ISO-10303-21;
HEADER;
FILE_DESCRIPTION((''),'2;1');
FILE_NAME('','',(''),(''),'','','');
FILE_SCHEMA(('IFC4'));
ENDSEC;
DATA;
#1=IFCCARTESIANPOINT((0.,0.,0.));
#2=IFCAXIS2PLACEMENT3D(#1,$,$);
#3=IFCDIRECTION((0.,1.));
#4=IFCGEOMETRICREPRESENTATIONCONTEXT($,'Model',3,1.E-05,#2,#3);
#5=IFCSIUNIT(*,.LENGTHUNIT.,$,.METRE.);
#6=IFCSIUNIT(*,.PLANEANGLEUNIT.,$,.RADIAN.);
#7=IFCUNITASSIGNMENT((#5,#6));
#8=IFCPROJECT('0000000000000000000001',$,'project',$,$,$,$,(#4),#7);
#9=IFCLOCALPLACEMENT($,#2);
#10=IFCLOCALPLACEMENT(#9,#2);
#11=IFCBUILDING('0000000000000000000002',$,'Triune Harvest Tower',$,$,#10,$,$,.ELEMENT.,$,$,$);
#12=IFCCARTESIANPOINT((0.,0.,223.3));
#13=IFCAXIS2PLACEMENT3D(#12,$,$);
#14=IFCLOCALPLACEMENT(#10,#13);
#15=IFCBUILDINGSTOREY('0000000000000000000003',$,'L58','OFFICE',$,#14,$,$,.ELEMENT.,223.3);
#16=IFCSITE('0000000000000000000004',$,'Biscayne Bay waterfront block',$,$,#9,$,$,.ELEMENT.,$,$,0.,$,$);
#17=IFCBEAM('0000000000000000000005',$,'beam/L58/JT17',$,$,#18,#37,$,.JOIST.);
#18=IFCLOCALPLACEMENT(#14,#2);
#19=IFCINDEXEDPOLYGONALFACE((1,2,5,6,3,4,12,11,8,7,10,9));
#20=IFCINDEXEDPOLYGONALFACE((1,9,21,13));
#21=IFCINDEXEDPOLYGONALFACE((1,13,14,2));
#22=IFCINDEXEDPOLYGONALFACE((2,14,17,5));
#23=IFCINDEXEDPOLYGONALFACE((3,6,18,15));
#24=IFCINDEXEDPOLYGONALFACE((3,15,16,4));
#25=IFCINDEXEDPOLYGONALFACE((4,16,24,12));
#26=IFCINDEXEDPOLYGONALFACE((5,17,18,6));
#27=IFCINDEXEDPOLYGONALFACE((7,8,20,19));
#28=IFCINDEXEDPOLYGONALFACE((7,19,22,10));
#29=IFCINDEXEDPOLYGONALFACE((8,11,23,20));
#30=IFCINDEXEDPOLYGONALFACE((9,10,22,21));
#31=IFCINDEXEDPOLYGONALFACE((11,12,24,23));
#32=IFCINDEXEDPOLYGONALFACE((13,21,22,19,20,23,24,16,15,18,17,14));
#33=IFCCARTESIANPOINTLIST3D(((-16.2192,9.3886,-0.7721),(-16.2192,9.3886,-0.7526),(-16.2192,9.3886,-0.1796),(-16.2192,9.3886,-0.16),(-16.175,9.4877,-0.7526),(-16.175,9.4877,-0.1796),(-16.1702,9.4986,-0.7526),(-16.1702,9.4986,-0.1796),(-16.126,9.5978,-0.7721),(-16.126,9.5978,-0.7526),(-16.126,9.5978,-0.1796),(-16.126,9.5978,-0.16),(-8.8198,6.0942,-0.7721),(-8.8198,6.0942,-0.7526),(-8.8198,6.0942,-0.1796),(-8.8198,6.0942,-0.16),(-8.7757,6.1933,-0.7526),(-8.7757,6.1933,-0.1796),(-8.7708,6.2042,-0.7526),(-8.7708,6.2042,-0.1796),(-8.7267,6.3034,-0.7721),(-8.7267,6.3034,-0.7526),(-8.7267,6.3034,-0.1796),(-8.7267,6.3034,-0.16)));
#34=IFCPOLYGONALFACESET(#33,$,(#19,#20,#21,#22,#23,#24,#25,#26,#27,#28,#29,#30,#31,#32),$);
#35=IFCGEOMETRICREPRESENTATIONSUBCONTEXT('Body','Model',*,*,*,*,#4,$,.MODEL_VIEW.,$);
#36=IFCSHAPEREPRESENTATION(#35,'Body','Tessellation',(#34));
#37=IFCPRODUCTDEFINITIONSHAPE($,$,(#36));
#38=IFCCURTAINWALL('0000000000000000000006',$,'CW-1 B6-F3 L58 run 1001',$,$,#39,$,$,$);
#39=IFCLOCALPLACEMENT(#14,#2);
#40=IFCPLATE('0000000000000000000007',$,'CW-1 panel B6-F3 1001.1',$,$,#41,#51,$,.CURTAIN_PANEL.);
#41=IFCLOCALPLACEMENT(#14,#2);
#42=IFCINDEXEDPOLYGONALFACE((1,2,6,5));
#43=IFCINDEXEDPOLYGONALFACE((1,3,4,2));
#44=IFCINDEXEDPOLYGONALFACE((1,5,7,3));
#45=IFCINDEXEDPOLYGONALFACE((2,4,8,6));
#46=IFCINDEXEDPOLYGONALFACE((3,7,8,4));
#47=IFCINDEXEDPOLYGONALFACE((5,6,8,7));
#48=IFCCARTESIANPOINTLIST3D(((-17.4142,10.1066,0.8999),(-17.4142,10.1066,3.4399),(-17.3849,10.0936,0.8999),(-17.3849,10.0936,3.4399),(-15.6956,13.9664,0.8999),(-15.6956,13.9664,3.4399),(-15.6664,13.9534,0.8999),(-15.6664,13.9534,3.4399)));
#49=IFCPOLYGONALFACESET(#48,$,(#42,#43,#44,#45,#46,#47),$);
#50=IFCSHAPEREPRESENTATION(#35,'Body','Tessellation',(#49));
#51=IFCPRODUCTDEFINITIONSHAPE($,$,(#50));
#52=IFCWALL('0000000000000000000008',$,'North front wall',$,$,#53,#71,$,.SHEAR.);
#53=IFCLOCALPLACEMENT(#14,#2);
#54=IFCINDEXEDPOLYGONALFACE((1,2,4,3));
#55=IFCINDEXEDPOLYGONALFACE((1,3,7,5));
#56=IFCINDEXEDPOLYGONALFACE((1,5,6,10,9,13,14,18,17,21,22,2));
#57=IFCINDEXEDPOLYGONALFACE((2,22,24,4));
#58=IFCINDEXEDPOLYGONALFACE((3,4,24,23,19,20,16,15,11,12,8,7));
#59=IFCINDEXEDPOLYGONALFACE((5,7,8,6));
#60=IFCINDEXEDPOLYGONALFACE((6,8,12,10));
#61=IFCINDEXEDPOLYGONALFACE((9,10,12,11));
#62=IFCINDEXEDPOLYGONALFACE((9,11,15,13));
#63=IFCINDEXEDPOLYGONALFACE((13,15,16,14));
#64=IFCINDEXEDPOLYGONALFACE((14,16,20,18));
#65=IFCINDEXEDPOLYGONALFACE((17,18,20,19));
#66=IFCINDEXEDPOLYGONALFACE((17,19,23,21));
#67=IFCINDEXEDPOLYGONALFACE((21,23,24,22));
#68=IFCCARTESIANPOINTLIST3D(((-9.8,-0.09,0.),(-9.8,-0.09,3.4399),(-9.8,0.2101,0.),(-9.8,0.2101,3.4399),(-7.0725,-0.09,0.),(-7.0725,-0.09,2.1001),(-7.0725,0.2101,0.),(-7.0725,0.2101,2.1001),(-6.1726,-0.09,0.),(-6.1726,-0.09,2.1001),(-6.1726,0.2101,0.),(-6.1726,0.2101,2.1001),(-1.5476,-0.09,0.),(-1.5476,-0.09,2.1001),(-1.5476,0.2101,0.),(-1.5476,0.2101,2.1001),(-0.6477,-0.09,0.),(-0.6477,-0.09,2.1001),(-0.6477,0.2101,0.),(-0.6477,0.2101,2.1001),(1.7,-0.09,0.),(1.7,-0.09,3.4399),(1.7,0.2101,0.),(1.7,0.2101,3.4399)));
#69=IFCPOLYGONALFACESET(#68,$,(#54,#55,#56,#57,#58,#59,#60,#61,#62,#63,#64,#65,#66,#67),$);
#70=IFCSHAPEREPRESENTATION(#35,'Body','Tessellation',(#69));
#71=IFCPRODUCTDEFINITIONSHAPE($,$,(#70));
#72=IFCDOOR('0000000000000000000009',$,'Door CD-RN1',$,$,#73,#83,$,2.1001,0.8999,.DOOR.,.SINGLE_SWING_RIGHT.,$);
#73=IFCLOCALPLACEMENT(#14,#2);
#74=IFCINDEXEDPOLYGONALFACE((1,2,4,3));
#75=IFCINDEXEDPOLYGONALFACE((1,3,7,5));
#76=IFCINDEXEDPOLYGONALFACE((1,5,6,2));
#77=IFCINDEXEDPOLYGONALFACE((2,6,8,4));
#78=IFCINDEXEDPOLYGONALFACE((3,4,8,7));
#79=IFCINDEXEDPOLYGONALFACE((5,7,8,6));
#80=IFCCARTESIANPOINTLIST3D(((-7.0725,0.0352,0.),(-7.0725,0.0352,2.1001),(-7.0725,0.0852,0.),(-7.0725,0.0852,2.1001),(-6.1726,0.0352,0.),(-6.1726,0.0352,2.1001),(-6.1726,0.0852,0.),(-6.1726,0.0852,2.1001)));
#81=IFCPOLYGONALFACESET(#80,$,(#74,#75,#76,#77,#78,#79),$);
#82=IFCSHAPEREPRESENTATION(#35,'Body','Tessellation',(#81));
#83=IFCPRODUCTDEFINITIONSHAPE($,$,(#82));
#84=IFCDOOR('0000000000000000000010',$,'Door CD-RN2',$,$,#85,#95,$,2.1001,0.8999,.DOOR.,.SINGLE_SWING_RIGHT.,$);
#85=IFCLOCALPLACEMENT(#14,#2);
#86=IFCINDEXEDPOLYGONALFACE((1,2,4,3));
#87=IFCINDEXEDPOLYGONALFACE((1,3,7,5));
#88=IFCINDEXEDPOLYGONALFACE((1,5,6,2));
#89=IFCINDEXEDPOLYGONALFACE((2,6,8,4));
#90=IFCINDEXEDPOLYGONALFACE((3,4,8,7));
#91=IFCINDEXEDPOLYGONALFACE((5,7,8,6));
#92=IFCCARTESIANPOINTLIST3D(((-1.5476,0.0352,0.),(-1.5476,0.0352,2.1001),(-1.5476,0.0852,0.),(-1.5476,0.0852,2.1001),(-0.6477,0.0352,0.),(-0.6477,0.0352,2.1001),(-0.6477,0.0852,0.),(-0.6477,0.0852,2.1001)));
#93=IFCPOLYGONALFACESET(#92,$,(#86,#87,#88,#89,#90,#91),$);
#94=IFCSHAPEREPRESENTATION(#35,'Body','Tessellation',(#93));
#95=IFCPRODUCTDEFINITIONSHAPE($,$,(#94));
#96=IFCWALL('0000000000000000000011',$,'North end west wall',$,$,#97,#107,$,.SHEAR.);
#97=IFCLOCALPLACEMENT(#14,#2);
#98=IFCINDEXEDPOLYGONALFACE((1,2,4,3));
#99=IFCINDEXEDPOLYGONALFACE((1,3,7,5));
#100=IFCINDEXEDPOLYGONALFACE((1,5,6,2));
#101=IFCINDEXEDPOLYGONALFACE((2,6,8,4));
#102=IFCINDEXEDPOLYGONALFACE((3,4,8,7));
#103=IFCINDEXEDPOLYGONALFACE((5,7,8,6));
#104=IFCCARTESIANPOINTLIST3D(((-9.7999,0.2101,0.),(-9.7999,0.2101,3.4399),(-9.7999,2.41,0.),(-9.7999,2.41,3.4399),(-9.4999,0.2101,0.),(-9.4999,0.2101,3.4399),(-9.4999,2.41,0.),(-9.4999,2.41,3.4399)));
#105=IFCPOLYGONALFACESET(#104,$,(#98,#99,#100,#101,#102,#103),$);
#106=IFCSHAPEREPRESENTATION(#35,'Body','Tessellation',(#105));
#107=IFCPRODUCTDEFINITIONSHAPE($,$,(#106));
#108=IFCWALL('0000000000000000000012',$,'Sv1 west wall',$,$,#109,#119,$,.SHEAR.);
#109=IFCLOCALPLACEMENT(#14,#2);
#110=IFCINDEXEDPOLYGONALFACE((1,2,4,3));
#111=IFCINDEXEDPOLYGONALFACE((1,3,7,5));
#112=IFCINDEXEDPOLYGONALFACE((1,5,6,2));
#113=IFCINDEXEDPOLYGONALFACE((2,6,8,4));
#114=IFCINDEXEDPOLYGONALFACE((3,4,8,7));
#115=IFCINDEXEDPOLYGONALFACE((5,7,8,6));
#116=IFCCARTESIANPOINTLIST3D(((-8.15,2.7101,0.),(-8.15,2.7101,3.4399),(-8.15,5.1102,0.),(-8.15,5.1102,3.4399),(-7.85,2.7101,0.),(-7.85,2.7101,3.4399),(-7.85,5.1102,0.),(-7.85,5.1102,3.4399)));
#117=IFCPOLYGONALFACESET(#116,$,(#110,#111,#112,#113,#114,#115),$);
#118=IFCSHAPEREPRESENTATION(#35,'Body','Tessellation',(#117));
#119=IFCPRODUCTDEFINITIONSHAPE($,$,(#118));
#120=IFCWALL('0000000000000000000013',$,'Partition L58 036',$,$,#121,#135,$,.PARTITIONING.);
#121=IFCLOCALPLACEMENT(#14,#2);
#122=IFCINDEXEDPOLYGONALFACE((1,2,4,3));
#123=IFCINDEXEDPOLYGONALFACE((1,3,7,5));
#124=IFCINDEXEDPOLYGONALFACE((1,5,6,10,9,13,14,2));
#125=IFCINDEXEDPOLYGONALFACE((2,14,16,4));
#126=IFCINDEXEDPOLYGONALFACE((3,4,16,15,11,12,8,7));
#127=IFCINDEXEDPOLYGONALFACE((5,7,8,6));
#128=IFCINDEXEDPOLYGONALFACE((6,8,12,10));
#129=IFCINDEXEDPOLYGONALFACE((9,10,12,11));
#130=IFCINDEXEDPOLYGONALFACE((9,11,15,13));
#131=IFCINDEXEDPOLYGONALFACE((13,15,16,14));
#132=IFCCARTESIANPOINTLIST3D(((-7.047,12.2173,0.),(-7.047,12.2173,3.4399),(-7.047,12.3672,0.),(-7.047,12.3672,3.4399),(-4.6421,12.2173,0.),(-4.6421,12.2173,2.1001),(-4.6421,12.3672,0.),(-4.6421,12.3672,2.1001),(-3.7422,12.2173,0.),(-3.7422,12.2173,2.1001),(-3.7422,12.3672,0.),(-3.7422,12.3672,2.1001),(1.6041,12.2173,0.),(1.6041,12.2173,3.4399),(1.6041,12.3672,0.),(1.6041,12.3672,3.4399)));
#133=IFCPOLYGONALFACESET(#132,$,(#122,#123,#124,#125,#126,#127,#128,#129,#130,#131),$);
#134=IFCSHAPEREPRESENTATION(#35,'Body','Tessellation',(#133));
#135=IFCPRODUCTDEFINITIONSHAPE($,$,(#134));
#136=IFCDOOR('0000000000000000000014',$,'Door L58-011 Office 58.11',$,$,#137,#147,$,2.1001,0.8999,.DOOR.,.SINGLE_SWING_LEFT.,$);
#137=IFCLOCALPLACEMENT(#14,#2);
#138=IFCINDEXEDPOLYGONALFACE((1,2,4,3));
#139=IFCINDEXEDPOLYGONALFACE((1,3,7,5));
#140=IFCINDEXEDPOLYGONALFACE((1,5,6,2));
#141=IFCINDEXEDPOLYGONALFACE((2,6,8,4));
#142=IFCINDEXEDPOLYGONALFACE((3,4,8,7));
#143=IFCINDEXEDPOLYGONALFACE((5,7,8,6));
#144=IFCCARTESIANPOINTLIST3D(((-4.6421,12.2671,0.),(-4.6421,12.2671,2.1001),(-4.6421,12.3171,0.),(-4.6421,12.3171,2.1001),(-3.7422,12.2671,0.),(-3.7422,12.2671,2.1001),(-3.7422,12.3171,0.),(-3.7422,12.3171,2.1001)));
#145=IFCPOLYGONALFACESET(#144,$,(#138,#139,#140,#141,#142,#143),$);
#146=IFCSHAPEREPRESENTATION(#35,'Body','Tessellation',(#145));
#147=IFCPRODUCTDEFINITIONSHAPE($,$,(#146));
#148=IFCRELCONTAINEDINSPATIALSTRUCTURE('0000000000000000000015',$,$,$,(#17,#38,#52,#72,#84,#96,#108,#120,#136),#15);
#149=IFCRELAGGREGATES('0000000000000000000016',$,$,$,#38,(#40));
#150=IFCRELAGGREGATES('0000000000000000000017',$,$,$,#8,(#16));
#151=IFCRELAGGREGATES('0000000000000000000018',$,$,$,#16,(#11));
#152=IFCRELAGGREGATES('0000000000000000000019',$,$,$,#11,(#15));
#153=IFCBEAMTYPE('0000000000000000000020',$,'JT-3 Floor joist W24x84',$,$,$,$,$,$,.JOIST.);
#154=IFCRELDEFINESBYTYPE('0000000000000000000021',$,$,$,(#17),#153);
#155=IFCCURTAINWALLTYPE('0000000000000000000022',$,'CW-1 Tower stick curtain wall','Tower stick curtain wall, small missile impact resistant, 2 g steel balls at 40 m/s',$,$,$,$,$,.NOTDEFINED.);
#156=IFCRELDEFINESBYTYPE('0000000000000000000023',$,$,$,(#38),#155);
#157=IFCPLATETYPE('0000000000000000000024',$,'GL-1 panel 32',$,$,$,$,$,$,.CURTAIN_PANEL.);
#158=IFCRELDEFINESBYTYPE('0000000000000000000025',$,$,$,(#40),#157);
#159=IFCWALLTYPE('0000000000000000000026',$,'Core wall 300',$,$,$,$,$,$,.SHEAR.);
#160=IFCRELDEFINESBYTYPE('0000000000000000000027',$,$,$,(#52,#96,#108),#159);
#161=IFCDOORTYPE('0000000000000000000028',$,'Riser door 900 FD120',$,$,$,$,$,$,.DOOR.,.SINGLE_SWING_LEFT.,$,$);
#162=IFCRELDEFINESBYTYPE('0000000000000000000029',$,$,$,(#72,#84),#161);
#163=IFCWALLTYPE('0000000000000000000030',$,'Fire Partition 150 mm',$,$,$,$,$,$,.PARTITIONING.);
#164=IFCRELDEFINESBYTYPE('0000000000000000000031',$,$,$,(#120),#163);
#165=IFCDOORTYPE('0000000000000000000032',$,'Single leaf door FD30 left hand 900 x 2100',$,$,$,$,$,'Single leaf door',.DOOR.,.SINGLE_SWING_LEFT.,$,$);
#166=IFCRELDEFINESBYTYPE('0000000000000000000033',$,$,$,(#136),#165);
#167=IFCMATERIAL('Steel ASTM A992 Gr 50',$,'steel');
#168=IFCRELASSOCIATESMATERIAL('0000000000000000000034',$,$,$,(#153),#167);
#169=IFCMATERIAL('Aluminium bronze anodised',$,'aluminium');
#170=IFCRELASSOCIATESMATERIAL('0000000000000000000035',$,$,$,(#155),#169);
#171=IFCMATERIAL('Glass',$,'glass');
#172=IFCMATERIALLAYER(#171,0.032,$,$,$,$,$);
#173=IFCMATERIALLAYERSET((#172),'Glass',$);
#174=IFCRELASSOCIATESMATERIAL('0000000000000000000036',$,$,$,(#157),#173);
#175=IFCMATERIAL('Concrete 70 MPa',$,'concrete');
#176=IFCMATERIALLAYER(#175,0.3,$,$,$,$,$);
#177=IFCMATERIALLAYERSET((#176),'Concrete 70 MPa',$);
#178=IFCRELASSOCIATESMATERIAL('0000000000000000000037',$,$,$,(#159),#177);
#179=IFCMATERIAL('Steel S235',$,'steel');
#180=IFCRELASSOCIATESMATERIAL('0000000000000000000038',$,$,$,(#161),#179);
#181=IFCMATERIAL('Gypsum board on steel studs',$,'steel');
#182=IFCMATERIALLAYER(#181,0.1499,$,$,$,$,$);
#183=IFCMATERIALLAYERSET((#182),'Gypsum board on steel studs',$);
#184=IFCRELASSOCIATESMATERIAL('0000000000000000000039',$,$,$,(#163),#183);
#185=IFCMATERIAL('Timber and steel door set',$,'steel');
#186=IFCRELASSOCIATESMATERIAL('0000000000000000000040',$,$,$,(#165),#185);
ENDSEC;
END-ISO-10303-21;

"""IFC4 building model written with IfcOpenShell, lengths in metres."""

from ifc_helpers import new_model, si_unit, direction, frame, frame_2d, origin, origin_2d, place, context, subcontext, project, spatial, rectangle, i_section, extrude, source, transform, mapped, material, layer, layer_set, material_profile, profile_set, type_object, element, fill, aggregate, save


model = new_model("IFC4")

# Units and contexts
model_context = context("Model", 3, precision=1e-05, world=origin(), true_north=direction((0.0, 1.0)))
body_context = subcontext(model_context, "Body", "Model", "MODEL_VIEW")
ifc_project = project(units=[si_unit("LENGTHUNIT", "METRE"), si_unit("PLANEANGLEUNIT", "RADIAN")], contexts=[model_context])

# Site, building, storey
site_placement = place(None, origin())
site = spatial("IfcSite", under=ifc_project, at=site_placement, Name="Biscayne Bay waterfront block", CompositionType="ELEMENT", RefElevation=0.0)
building_placement = place(site_placement, origin())
building = spatial("IfcBuilding", under=site, at=building_placement, Name="Triune Harvest Tower", CompositionType="ELEMENT")
storey_placement = place(building_placement, frame((0.0, 0.0, 223.3)))
storey = spatial("IfcBuildingStorey", under=building, at=storey_placement, Name="L58", Description="OFFICE", CompositionType="ELEMENT", Elevation=223.3)

# Beam
ifc_material_1 = material(Name="Steel ASTM A992 Gr 50", Category="steel")
ifc_material_profile = material_profile(ifc_material_1, i_section(OverallWidth=0.229, OverallDepth=0.6121, WebThickness=0.012, FlangeThickness=0.0195, at=origin_2d()), Name="W24x84")
ifc_profile_set = profile_set([ifc_material_profile], Name="Steel ASTM A992 Gr 50")
beam_type = type_object("IfcBeamType", Name="JT-3 Floor joist W24x84", PredefinedType="JOIST", material=ifc_profile_set)
shared_shape_1 = source(origin(), body_context, "Body", "SweptSolid", [
    extrude(i_section(OverallWidth=0.229, OverallDepth=0.6121, WebThickness=0.012, FlangeThickness=0.0195, at=origin_2d()), origin(), (0.0, 0.0, 1.0), 8.0996),
])
beam_placement = place(storey_placement, frame((-16.1726, 9.4932, -0.4661), z_axis=(0.913545, -0.406737, 0.0), x_axis=(0.406737, 0.913545, 0.0)))
element("IfcBeam", 1, at=beam_placement, inside=storey, type_object=beam_type, Name="beam/L58/JT17", PredefinedType="JOIST", context=body_context, shape_type="MappedRepresentation", body=[
    mapped(shared_shape_1, transform((0.0, 0.0, 0.0), scale=1.0)),
])

# Curtain wall, plate
ifc_material_2 = material(Name="Aluminium bronze anodised", Category="aluminium")
curtain_wall_type = type_object("IfcCurtainWallType", Name="CW-1 Tower stick curtain wall", Description="Tower stick curtain wall, small missile impact resistant, 2 g steel balls at 40 m/s", PredefinedType="NOTDEFINED", material=ifc_material_2)
curtain_wall_placement = place(storey_placement, origin())
curtain_wall = element("IfcCurtainWall", 2, at=curtain_wall_placement, inside=storey, type_object=curtain_wall_type, Name="CW-1 B6-F3 L58 run 1001")
ifc_material_3 = material(Name="Glass", Category="glass")
ifc_layer_1 = layer(ifc_material_3, 0.032)
ifc_layer_set_1 = layer_set([ifc_layer_1], Name="Glass")
plate_type = type_object("IfcPlateType", Name="GL-1 panel 32", PredefinedType="CURTAIN_PANEL", material=ifc_layer_set_1)
shared_shape_2 = source(origin(), body_context, "Body", "SweptSolid", [
    extrude(rectangle(XDim=4.2251, YDim=0.032, at=origin_2d()), origin(), (0.0, 0.0, 1.0), 2.54),
])
plate_placement = place(storey_placement, frame((-16.5403, 12.03, 0.8999), z_axis=(0.0, 0.0, 1.0), x_axis=(-0.406744, -0.913542, 0.0)))
plate = element("IfcPlate", 3, at=plate_placement, type_object=plate_type, Name="CW-1 panel B6-F3 1001.1", PredefinedType="CURTAIN_PANEL", context=body_context, shape_type="MappedRepresentation", body=[
    mapped(shared_shape_2, transform((0.0, 0.0, 0.0), scale=1.0)),
])
aggregate(curtain_wall, [plate])

# Wall, openings, doors
ifc_material_4 = material(Name="Concrete 70 MPa", Category="concrete")
ifc_layer_2 = layer(ifc_material_4, 0.3)
ifc_layer_set_2 = layer_set([ifc_layer_2], Name="Concrete 70 MPa")
wall_type_1 = type_object("IfcWallType", Name="Core wall 300", PredefinedType="SHEAR", material=ifc_layer_set_2)
shared_shape_3 = source(origin(), body_context, "Body", "SweptSolid", [
    extrude(rectangle(XDim=11.5, YDim=0.3, at=frame_2d((5.75, 0.0))), origin(), (0.0, 0.0, 1.0), 3.4399),
])
wall_1_placement = place(storey_placement, frame((-9.8, 0.0601, 0.0), z_axis=(0.0, 0.0, 1.0), x_axis=(1.0, 0.0, 0.0)))
wall_1 = element("IfcWall", 4, at=wall_1_placement, inside=storey, type_object=wall_type_1, Name="North front wall", PredefinedType="SHEAR", context=body_context, shape_type="MappedRepresentation", body=[
    mapped(shared_shape_3, transform((0.0, 0.0, 0.0), scale=1.0)),
])
opening_1_placement = place(wall_1_placement, frame((2.7275, 0.0, 0.0)))
opening_1 = element("IfcOpeningElement", 5, at=opening_1_placement, cuts=wall_1, PredefinedType="OPENING", context=body_context, shape_type="SweptSolid", body=[
    extrude(rectangle(XDim=0.8999, YDim=2.1001, at=frame_2d((0.45, 1.05))), frame((0.0, 0.1602, 0.0), z_axis=(0.0, -1.0, 0.0), x_axis=(1.0, 0.0, 0.0)), (0.0, 0.0, 1.0), 0.3201),
])
opening_2_placement = place(wall_1_placement, frame((8.2524, 0.0, 0.0)))
opening_2 = element("IfcOpeningElement", 6, at=opening_2_placement, cuts=wall_1, PredefinedType="OPENING", context=body_context, shape_type="SweptSolid", body=[
    extrude(rectangle(XDim=0.8999, YDim=2.1001, at=frame_2d((0.45, 1.05))), frame((0.0, 0.1602, 0.0), z_axis=(0.0, -1.0, 0.0), x_axis=(1.0, 0.0, 0.0)), (0.0, 0.0, 1.0), 0.3201),
])
ifc_material_5 = material(Name="Steel S235", Category="steel")
door_type_1 = type_object("IfcDoorType", Name="Riser door 900 FD120", OperationType="SINGLE_SWING_LEFT", PredefinedType="DOOR", material=ifc_material_5)
door_1_placement = place(opening_1_placement, frame((0.8999, 0.0, 0.0), z_axis=(0.0, 0.0, 1.0), x_axis=(-1.0, 0.0, 0.0)))
door_1 = element("IfcDoor", 7, at=door_1_placement, inside=storey, type_object=door_type_1, Name="Door CD-RN1", OperationType="SINGLE_SWING_RIGHT", OverallHeight=2.1001, OverallWidth=0.8999, PredefinedType="DOOR", context=body_context, shape_type="SweptSolid", body=[
    extrude(rectangle(XDim=0.8999, YDim=2.1001, at=frame_2d((0.45, 1.05))), frame((0.0, 0.0249, 0.0), z_axis=(0.0, -1.0, 0.0), x_axis=(1.0, 0.0, 0.0)), (0.0, 0.0, 1.0), 0.05),
])
fill(opening_1, door_1)
door_2_placement = place(opening_2_placement, frame((0.8999, 0.0, 0.0), z_axis=(0.0, 0.0, 1.0), x_axis=(-1.0, 0.0, 0.0)))
door_2 = element("IfcDoor", 8, at=door_2_placement, inside=storey, type_object=door_type_1, Name="Door CD-RN2", OperationType="SINGLE_SWING_RIGHT", OverallHeight=2.1001, OverallWidth=0.8999, PredefinedType="DOOR", context=body_context, shape_type="SweptSolid", body=[
    extrude(rectangle(XDim=0.8999, YDim=2.1001, at=frame_2d((0.45, 1.05))), frame((0.0, 0.0249, 0.0), z_axis=(0.0, -1.0, 0.0), x_axis=(1.0, 0.0, 0.0)), (0.0, 0.0, 1.0), 0.05),
])
fill(opening_2, door_2)

# Walls
shared_shape_4 = source(origin(), body_context, "Body", "SweptSolid", [
    extrude(rectangle(XDim=2.2, YDim=0.3, at=frame_2d((1.1001, 0.0))), origin(), (0.0, 0.0, 1.0), 3.4399),
])
wall_2_placement = place(storey_placement, frame((-9.6499, 0.21, 0.0), z_axis=(0.0, 0.0, 1.0), x_axis=(0.0, 1.0, 0.0)))
element("IfcWall", 9, at=wall_2_placement, inside=storey, type_object=wall_type_1, Name="North end west wall", PredefinedType="SHEAR", context=body_context, shape_type="MappedRepresentation", body=[
    mapped(shared_shape_4, transform((0.0, 0.0, 0.0), scale=1.0)),
])
shared_shape_5 = source(origin(), body_context, "Body", "SweptSolid", [
    extrude(rectangle(XDim=2.4001, YDim=0.3, at=frame_2d((1.2002, 0.0))), origin(), (0.0, 0.0, 1.0), 3.4399),
])
wall_3_placement = place(storey_placement, frame((-8.0, 2.71, 0.0), z_axis=(0.0, 0.0, 1.0), x_axis=(0.0, 1.0, 0.0)))
element("IfcWall", 10, at=wall_3_placement, inside=storey, type_object=wall_type_1, Name="Sv1 west wall", PredefinedType="SHEAR", context=body_context, shape_type="MappedRepresentation", body=[
    mapped(shared_shape_5, transform((0.0, 0.0, 0.0), scale=1.0)),
])

# Wall, opening, door
ifc_material_6 = material(Name="Gypsum board on steel studs", Category="steel")
ifc_layer_3 = layer(ifc_material_6, 0.1499)
ifc_layer_set_3 = layer_set([ifc_layer_3], Name="Gypsum board on steel studs")
wall_type_2 = type_object("IfcWallType", Name="Fire Partition 150 mm", PredefinedType="PARTITIONING", material=ifc_layer_set_3)
shared_shape_6 = source(origin(), body_context, "Body", "SweptSolid", [
    extrude(rectangle(XDim=8.6511, YDim=0.1499, at=frame_2d((4.3257, 0.0))), origin(), (0.0, 0.0, 1.0), 3.4399),
])
wall_4_placement = place(storey_placement, frame((-7.0471, 12.2922, 0.0), z_axis=(0.0, 0.0, 1.0), x_axis=(1.0, 0.0, 0.0)))
wall_4 = element("IfcWall", 11, at=wall_4_placement, inside=storey, type_object=wall_type_2, Name="Partition L58 036", PredefinedType="PARTITIONING", context=body_context, shape_type="MappedRepresentation", body=[
    mapped(shared_shape_6, transform((0.0, 0.0, 0.0), scale=1.0)),
])
opening_3_placement = place(wall_4_placement, frame((2.405, 0.0, 0.0)))
opening_3 = element("IfcOpeningElement", 12, at=opening_3_placement, cuts=wall_4, PredefinedType="OPENING", context=body_context, shape_type="SweptSolid", body=[
    extrude(rectangle(XDim=0.8999, YDim=2.1001, at=frame_2d((0.45, 1.05))), frame((0.0, 0.085, 0.0), z_axis=(0.0, -1.0, 0.0), x_axis=(1.0, 0.0, 0.0)), (0.0, 0.0, 1.0), 0.1699),
])
ifc_material_7 = material(Name="Timber and steel door set", Category="steel")
door_type_2 = type_object("IfcDoorType", Name="Single leaf door FD30 left hand 900 x 2100", ElementType="Single leaf door", OperationType="SINGLE_SWING_LEFT", PredefinedType="DOOR", material=ifc_material_7)
door_3_placement = place(opening_3_placement, origin())
door_3 = element("IfcDoor", 13, at=door_3_placement, inside=storey, type_object=door_type_2, Name="Door L58-011 Office 58.11", OperationType="SINGLE_SWING_LEFT", OverallHeight=2.1001, OverallWidth=0.8999, PredefinedType="DOOR", context=body_context, shape_type="SweptSolid", body=[
    extrude(rectangle(XDim=0.8999, YDim=2.1001, at=frame_2d((0.45, 1.05))), frame((0.0, 0.0249, 0.0), z_axis=(0.0, -1.0, 0.0), x_axis=(1.0, 0.0, 0.0)), (0.0, 0.0, 1.0), 0.05),
])
fill(opening_3, door_3)

save(model, "model.ifc")
